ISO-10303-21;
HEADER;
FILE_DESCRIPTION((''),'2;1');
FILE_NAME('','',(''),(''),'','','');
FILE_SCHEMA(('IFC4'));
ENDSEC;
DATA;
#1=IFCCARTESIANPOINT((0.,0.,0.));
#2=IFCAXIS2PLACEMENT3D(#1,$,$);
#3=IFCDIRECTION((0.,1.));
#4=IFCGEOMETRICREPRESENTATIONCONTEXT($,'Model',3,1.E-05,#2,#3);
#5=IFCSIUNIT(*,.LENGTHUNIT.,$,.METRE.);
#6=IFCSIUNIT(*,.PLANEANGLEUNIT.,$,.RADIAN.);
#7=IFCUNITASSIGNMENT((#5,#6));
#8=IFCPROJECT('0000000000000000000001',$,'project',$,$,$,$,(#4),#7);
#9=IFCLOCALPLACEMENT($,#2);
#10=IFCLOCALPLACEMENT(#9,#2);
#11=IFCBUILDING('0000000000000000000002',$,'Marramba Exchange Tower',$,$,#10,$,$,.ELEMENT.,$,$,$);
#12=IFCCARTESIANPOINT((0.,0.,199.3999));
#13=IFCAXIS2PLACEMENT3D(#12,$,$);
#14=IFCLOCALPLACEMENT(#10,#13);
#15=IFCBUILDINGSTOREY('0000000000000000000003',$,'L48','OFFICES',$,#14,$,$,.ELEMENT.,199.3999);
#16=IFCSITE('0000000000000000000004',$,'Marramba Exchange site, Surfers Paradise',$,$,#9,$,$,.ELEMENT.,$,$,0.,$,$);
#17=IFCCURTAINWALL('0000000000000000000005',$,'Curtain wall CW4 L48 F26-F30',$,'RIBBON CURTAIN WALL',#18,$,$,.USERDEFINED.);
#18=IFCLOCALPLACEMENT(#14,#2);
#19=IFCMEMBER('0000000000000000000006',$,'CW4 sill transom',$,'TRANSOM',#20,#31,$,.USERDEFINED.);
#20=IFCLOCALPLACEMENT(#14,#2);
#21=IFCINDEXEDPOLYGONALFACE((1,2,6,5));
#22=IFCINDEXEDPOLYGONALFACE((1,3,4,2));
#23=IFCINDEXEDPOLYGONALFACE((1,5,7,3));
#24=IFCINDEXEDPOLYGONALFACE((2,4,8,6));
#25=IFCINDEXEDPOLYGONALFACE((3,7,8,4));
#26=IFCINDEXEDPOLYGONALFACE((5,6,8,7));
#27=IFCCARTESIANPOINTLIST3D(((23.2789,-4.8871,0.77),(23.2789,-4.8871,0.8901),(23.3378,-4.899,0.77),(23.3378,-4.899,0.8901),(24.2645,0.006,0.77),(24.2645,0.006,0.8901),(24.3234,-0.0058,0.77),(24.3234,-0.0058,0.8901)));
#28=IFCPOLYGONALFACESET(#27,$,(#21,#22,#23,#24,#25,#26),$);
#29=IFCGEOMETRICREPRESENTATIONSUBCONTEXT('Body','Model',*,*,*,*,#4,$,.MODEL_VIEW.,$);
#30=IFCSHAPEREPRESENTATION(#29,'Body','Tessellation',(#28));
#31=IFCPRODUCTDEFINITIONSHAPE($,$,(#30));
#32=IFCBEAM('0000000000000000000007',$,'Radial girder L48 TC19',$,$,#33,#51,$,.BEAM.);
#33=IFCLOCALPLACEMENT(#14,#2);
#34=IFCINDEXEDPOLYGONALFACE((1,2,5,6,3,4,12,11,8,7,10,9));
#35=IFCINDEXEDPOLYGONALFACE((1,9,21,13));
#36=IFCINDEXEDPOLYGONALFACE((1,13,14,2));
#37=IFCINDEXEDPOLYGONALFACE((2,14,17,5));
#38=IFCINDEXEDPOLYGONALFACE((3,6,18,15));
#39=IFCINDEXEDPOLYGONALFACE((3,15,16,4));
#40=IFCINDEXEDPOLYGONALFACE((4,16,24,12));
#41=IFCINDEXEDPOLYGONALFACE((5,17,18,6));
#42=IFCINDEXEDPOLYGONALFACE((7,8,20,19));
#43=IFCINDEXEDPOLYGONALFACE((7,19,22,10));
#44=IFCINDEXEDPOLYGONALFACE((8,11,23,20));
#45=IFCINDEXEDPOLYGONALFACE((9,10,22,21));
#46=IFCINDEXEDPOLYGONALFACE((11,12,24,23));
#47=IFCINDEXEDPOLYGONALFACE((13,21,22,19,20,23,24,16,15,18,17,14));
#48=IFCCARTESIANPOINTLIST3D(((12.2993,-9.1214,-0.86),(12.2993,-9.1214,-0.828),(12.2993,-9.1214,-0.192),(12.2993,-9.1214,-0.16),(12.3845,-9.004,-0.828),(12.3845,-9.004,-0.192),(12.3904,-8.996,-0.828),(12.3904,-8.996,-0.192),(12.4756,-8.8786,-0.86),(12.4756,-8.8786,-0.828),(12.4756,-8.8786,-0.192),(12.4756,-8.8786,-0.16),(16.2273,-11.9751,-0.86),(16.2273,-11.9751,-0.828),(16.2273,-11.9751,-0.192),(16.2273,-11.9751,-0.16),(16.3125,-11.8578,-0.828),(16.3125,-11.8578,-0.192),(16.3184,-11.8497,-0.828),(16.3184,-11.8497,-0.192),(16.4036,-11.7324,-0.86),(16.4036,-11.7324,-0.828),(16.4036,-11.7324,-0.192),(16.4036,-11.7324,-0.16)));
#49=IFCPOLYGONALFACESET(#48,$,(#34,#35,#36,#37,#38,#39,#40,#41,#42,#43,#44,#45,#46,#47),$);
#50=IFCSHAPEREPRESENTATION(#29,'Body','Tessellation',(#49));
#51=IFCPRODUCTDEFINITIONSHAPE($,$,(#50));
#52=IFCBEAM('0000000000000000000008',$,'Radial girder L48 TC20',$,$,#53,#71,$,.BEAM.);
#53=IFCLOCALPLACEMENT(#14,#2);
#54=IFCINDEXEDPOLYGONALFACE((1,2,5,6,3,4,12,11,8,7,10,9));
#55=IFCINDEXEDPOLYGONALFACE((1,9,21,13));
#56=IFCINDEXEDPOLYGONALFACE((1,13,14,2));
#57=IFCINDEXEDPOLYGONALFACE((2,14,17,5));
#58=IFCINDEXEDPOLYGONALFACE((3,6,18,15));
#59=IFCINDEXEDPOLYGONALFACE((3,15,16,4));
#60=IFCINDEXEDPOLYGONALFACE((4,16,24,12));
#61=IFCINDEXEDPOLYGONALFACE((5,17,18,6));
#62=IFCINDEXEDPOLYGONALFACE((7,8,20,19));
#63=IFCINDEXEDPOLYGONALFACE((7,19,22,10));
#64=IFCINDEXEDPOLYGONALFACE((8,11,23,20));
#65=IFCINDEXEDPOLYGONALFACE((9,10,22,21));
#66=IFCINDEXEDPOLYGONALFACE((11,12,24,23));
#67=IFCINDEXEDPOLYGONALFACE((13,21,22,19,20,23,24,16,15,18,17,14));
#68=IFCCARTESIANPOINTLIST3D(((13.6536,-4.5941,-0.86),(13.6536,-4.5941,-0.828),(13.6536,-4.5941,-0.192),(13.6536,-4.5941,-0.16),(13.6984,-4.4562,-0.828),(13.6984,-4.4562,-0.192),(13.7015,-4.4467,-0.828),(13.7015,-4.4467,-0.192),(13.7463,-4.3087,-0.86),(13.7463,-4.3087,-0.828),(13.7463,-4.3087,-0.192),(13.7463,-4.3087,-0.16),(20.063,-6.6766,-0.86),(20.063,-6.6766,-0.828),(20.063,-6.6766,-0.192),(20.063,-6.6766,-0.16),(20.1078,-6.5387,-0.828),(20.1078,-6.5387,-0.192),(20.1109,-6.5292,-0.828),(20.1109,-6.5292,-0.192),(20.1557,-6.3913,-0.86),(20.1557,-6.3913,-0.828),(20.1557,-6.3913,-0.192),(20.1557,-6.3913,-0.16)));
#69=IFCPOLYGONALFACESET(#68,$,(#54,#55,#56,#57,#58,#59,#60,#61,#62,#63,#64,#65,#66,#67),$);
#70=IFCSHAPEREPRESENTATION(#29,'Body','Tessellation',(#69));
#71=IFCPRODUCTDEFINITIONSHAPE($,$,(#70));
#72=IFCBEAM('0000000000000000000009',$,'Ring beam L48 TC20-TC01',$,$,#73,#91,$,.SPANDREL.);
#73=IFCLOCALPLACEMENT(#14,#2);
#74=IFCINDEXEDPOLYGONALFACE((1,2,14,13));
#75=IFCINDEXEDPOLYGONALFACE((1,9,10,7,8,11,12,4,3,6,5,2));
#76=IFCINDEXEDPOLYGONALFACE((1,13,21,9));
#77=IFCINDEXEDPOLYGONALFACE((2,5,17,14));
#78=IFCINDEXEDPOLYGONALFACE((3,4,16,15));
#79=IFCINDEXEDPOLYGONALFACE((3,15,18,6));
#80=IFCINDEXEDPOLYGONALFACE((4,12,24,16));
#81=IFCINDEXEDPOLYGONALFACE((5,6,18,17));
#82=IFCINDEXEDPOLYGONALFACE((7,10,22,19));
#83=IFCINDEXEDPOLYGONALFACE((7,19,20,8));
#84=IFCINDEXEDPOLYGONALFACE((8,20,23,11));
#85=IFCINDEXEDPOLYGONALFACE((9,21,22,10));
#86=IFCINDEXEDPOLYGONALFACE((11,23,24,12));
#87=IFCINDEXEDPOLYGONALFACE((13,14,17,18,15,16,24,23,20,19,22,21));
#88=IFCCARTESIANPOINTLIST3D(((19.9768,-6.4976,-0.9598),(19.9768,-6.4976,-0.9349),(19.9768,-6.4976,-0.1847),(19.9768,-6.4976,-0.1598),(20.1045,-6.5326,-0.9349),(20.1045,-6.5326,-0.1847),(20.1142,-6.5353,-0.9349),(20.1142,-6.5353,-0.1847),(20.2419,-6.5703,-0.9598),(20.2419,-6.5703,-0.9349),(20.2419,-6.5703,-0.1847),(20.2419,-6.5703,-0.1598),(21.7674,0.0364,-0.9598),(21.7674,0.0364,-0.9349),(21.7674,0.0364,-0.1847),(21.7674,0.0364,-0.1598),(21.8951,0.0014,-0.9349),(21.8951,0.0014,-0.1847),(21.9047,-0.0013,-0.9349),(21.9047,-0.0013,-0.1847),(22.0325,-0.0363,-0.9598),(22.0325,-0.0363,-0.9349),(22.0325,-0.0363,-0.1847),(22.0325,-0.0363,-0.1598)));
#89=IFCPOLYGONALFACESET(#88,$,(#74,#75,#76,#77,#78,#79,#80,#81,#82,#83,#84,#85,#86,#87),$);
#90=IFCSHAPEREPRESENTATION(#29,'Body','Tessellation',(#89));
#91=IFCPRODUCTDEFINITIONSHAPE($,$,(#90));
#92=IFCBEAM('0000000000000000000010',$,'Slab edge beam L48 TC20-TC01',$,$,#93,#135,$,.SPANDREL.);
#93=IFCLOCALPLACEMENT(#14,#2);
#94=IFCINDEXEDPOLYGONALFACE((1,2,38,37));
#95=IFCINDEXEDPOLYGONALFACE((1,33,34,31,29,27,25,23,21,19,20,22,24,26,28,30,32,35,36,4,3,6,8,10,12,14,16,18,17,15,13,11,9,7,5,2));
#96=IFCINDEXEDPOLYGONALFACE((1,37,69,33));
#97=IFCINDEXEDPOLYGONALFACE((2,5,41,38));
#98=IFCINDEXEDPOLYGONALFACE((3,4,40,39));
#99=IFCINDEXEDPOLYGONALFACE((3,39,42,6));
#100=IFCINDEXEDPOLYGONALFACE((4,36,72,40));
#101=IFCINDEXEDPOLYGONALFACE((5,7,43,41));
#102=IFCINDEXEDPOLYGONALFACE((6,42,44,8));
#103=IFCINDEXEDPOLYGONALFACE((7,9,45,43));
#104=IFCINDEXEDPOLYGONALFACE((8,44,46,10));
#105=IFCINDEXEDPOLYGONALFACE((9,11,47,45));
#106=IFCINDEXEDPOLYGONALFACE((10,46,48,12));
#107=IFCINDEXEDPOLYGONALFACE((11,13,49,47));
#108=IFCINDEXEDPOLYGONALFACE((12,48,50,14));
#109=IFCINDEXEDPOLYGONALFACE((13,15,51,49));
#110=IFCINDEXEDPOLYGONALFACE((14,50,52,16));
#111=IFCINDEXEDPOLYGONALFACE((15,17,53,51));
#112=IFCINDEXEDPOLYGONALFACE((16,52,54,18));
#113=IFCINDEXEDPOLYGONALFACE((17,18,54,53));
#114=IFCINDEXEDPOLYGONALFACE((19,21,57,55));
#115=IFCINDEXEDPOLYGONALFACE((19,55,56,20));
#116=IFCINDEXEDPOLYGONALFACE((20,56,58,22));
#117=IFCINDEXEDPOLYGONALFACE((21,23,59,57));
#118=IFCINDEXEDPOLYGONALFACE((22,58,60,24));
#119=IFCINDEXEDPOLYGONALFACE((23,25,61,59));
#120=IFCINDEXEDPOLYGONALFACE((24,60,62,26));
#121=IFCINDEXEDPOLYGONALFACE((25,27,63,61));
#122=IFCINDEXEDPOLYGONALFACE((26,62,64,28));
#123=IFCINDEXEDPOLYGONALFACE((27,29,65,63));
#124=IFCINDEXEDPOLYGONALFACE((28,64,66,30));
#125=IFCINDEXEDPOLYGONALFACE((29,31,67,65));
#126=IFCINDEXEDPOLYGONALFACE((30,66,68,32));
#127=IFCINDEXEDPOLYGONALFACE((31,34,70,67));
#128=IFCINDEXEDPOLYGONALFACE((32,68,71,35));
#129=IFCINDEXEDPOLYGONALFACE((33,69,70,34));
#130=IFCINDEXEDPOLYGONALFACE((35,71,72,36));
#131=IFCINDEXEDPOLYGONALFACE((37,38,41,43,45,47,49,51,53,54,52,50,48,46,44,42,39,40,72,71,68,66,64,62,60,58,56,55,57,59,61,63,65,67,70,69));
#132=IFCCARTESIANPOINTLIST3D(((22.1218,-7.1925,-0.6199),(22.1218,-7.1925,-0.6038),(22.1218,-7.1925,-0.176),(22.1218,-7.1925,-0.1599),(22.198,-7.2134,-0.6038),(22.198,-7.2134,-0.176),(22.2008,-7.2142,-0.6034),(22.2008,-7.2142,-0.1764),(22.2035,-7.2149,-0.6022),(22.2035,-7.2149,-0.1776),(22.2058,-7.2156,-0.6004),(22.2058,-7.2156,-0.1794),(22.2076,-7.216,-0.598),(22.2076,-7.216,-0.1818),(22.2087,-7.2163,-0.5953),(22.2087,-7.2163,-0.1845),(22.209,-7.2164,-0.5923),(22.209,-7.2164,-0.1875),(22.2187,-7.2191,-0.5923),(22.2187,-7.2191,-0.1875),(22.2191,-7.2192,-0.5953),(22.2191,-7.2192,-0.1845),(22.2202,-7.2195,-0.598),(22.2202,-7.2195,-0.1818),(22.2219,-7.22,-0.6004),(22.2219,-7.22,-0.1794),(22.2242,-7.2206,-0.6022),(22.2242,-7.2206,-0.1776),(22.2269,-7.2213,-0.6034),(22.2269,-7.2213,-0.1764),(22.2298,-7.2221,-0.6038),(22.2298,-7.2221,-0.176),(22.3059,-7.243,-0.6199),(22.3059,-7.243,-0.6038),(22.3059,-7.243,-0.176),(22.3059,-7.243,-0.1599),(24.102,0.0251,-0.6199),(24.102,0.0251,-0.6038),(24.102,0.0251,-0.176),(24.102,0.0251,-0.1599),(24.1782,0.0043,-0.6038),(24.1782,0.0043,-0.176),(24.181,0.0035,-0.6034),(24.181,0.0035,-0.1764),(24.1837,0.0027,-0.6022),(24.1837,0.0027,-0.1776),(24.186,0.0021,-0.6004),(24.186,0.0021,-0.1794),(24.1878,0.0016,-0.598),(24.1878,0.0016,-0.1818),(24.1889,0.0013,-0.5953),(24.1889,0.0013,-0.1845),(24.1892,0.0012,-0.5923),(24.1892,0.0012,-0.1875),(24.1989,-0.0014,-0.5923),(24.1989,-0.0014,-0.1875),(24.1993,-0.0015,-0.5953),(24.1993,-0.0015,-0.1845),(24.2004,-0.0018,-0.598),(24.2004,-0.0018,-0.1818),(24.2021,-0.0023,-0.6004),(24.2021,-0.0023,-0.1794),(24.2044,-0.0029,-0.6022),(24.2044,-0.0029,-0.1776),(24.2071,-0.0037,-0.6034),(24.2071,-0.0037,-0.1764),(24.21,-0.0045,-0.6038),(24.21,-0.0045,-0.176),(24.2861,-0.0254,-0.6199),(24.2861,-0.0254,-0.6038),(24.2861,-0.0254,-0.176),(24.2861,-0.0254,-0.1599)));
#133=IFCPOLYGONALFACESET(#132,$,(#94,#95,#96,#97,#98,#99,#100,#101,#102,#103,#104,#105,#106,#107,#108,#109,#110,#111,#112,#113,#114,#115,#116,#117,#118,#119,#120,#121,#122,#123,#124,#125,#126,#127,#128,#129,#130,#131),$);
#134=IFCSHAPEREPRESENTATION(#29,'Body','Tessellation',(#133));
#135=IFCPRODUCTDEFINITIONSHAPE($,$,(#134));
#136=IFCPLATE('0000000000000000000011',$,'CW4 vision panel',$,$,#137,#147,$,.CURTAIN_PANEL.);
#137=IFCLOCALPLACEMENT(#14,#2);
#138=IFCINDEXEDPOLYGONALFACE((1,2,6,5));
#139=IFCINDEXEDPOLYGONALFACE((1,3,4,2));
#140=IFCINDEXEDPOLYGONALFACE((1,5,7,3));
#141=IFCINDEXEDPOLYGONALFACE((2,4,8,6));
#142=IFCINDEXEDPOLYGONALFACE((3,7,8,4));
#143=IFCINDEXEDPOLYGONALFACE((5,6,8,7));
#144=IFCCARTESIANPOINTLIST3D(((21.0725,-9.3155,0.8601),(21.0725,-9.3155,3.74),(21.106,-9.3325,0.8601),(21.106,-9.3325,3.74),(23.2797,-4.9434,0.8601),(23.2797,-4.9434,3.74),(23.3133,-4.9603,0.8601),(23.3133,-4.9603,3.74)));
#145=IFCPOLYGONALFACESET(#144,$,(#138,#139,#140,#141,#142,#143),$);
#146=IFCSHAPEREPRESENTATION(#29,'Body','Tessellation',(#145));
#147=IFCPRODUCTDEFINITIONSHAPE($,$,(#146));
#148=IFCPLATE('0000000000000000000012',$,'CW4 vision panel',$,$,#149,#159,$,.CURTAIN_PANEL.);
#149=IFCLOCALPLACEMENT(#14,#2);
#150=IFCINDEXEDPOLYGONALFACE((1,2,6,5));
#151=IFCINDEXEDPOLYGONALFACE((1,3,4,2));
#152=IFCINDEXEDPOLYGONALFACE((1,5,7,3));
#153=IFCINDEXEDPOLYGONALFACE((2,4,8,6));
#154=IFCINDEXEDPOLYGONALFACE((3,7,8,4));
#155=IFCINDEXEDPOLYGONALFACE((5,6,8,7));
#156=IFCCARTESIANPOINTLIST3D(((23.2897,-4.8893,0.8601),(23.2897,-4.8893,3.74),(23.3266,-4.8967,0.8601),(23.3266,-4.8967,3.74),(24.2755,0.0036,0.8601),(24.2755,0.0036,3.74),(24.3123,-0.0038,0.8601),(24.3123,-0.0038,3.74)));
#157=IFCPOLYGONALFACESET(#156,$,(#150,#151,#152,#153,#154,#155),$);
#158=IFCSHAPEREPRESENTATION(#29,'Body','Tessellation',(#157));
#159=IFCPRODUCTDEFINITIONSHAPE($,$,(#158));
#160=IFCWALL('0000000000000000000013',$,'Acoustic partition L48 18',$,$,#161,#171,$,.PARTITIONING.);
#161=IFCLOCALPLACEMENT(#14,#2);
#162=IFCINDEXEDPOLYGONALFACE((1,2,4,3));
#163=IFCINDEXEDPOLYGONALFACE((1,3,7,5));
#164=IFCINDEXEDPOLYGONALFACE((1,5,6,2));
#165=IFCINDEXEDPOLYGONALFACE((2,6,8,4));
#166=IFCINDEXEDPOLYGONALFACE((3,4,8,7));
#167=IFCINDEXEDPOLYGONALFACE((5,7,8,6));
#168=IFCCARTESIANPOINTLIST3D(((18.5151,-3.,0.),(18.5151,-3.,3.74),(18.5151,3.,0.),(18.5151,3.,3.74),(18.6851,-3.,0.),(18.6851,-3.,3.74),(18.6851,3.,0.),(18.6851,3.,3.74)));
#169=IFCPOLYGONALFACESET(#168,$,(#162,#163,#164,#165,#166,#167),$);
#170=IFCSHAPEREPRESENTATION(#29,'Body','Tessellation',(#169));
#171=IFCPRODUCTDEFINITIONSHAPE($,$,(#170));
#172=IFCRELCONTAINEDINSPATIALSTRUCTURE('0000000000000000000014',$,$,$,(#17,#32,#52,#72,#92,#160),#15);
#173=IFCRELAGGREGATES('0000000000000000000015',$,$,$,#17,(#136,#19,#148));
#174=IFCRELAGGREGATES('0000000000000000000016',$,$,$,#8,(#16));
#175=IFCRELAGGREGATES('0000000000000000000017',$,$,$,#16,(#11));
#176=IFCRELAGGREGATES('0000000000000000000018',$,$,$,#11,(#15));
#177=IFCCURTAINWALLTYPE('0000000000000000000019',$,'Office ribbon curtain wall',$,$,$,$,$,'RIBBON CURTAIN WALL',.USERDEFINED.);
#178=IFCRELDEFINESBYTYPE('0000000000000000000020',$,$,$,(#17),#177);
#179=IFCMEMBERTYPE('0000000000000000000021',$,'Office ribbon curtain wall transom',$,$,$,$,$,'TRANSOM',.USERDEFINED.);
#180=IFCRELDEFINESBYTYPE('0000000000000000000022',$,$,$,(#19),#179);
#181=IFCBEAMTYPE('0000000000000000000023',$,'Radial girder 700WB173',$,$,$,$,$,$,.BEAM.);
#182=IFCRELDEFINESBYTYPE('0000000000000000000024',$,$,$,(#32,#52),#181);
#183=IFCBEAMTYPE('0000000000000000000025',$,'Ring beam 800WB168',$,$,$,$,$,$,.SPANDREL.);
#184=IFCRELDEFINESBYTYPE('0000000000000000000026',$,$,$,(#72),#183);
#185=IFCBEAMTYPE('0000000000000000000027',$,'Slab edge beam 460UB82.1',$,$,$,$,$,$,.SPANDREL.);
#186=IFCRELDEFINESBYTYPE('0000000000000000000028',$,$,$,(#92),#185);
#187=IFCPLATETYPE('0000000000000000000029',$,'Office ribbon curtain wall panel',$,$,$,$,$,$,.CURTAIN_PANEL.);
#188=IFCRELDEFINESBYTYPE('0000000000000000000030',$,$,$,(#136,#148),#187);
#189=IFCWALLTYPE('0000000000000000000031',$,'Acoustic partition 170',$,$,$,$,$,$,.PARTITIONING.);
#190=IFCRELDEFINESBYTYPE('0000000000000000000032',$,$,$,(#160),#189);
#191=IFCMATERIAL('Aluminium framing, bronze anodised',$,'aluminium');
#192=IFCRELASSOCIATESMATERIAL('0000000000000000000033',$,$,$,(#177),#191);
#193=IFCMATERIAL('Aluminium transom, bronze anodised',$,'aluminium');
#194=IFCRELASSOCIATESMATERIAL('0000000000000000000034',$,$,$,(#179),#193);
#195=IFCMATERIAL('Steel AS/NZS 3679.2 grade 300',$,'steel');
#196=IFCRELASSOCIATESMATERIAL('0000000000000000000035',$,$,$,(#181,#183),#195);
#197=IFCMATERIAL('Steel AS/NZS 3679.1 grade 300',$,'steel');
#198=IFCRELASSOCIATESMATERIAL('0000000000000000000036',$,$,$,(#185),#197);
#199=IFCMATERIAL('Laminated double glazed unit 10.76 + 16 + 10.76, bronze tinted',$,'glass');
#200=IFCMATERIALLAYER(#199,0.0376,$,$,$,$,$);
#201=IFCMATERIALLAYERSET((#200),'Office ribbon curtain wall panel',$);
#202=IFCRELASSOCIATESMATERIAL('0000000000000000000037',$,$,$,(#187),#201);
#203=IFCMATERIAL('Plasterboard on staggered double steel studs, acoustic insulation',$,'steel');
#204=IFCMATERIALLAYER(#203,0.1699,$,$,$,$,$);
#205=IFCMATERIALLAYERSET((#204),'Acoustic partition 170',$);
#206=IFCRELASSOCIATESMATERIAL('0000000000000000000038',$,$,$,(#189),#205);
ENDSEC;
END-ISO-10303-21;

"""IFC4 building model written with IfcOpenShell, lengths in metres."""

from ifc_helpers import new_model, si_unit, direction, frame, frame_2d, origin, origin_2d, place, context, subcontext, project, spatial, rectangle, i_section, extrude, material, layer, layer_set, material_profile, profile_set, type_object, element, aggregate, save


model = new_model("IFC4")

# Units and contexts
model_context = context("Model", 3, precision=1e-05, world=origin(), true_north=direction((0.0, 1.0)))
body_context = subcontext(model_context, "Body", "Model", "MODEL_VIEW")
ifc_project = project(units=[si_unit("LENGTHUNIT", "METRE"), si_unit("PLANEANGLEUNIT", "RADIAN")], contexts=[model_context])

# Site, building, storey
site_placement = place(None, origin())
site = spatial("IfcSite", under=ifc_project, at=site_placement, Name="Marramba Exchange site, Surfers Paradise", CompositionType="ELEMENT", RefElevation=0.0)
building_placement = place(site_placement, origin())
building = spatial("IfcBuilding", under=site, at=building_placement, Name="Marramba Exchange Tower", CompositionType="ELEMENT")
storey_placement = place(building_placement, frame((0.0, 0.0, 199.3999)))
storey = spatial("IfcBuildingStorey", under=building, at=storey_placement, Name="L48", Description="OFFICES", CompositionType="ELEMENT", Elevation=199.3999)

# Shared definitions
ifc_material_1 = material(Name="Steel AS/NZS 3679.2 grade 300", Category="steel")
ifc_material_2 = material(Name="Steel AS/NZS 3679.1 grade 300", Category="steel")

# Curtain wall, member
ifc_material_3 = material(Name="Aluminium framing, bronze anodised", Category="aluminium")
curtain_wall_type = type_object("IfcCurtainWallType", Name="Office ribbon curtain wall", ElementType="RIBBON CURTAIN WALL", PredefinedType="USERDEFINED", material=ifc_material_3)
curtain_wall_placement = place(storey_placement, origin())
curtain_wall = element("IfcCurtainWall", 1, at=curtain_wall_placement, inside=storey, type_object=curtain_wall_type, Name="Curtain wall CW4 L48 F26-F30", ObjectType="RIBBON CURTAIN WALL", PredefinedType="USERDEFINED")
ifc_material_4 = material(Name="Aluminium transom, bronze anodised", Category="aluminium")
ifc_material_profile_1 = material_profile(ifc_material_4, rectangle(XDim=0.0601, YDim=0.1201, at=origin_2d()), Name="CW4 transom 60x120")
ifc_profile_set_1 = profile_set([ifc_material_profile_1], Name="Aluminium transom, bronze anodised")
member_type_1 = type_object("IfcMemberType", Name="Office ribbon curtain wall transom", ElementType="TRANSOM", PredefinedType="USERDEFINED", material=ifc_profile_set_1)
member_1_placement = place(storey_placement, frame((23.3083, -4.8931, 0.8301), z_axis=(0.197461, 0.980311, 0.0), x_axis=(-0.980311, 0.197461, 0.0)))
member_1 = element("IfcMember", 2, at=member_1_placement, type_object=member_type_1, Name="CW4 sill transom", ObjectType="TRANSOM", PredefinedType="USERDEFINED", context=body_context, shape_type="SweptSolid", body=[
    extrude(rectangle(XDim=0.0601, YDim=0.1201, at=origin_2d()), origin(), (0.0, 0.0, 1.0), 4.9915),
])

# Beams
ifc_material_profile_2 = material_profile(ifc_material_1, i_section(OverallWidth=0.3, OverallDepth=0.7, WebThickness=0.01, FlangeThickness=0.032, at=origin_2d()), Name="700WB173")
ifc_profile_set_2 = profile_set([ifc_material_profile_2], Name="Steel AS/NZS 3679.2 grade 300")
beam_type_1 = type_object("IfcBeamType", Name="Radial girder 700WB173", PredefinedType="BEAM", material=ifc_profile_set_2)
beam_1_placement = place(storey_placement, frame((12.3875, -9.0, -0.51), z_axis=(0.809025, -0.587774, 0.0), x_axis=(0.587774, 0.809025, 0.0)))
element("IfcBeam", 3, at=beam_1_placement, inside=storey, type_object=beam_type_1, Name="Radial girder L48 TC19", PredefinedType="BEAM", context=body_context, shape_type="SweptSolid", body=[
    extrude(i_section(OverallWidth=0.3, OverallDepth=0.7, WebThickness=0.01, FlangeThickness=0.032, at=origin_2d()), origin(), (0.0, 0.0, 1.0), 4.8552),
])
beam_2_placement = place(storey_placement, frame((13.7, -4.4514, -0.51), z_axis=(0.951058, -0.309013, 0.0), x_axis=(0.309013, 0.951058, 0.0)))
element("IfcBeam", 4, at=beam_2_placement, inside=storey, type_object=beam_type_1, Name="Radial girder L48 TC20", PredefinedType="BEAM", context=body_context, shape_type="SweptSolid", body=[
    extrude(i_section(OverallWidth=0.3, OverallDepth=0.7, WebThickness=0.01, FlangeThickness=0.032, at=origin_2d()), origin(), (0.0, 0.0, 1.0), 6.7393),
])
ifc_material_profile_3 = material_profile(ifc_material_1, i_section(OverallWidth=0.2749, OverallDepth=0.8, WebThickness=0.01, FlangeThickness=0.0249, at=origin_2d()), Name="800WB168")
ifc_profile_set_3 = profile_set([ifc_material_profile_3], Name="Steel AS/NZS 3679.2 grade 300")
beam_type_2 = type_object("IfcBeamType", Name="Ring beam 800WB168", PredefinedType="SPANDREL", material=ifc_profile_set_3)
beam_3_placement = place(storey_placement, frame((20.1094, -6.5339, -0.5598), z_axis=(0.264291, 0.964443, 0.0), x_axis=(-0.964443, 0.264291, 0.0)))
element("IfcBeam", 5, at=beam_3_placement, inside=storey, type_object=beam_type_2, Name="Ring beam L48 TC20-TC01", PredefinedType="SPANDREL", context=body_context, shape_type="SweptSolid", body=[
    extrude(i_section(OverallWidth=0.2749, OverallDepth=0.8, WebThickness=0.01, FlangeThickness=0.0249, at=origin_2d()), origin(), (0.0, 0.0, 1.0), 6.7749),
])
ifc_material_profile_4 = material_profile(ifc_material_2, i_section(OverallWidth=0.1909, OverallDepth=0.46, WebThickness=0.01, FlangeThickness=0.0161, FilletRadius=0.0115, at=origin_2d()), Name="460UB82.1")
ifc_profile_set_4 = profile_set([ifc_material_profile_4], Name="Steel AS/NZS 3679.1 grade 300")
beam_type_3 = type_object("IfcBeamType", Name="Slab edge beam 460UB82.1", PredefinedType="SPANDREL", material=ifc_profile_set_4)
beam_4_placement = place(storey_placement, frame((22.2139, -7.2178, -0.3899), z_axis=(0.264577, 0.964365, 0.0), x_axis=(-0.964365, 0.264577, 0.0)))
element("IfcBeam", 6, at=beam_4_placement, inside=storey, type_object=beam_type_3, Name="Slab edge beam L48 TC20-TC01", PredefinedType="SPANDREL", context=body_context, shape_type="SweptSolid", body=[
    extrude(i_section(OverallWidth=0.1909, OverallDepth=0.46, WebThickness=0.01, FlangeThickness=0.0161, FilletRadius=0.0115, at=origin_2d()), origin(), (0.0, 0.0, 1.0), 7.4844),
])

# Plates
ifc_material_5 = material(Name="Laminated double glazed unit 10.76 + 16 + 10.76, bronze tinted", Category="glass")
ifc_layer_1 = layer(ifc_material_5, 0.0376)
ifc_layer_set_1 = layer_set([ifc_layer_1], Name="Office ribbon curtain wall panel")
plate_type = type_object("IfcPlateType", Name="Office ribbon curtain wall panel", PredefinedType="CURTAIN_PANEL", material=ifc_layer_set_1)
plate_1_placement = place(storey_placement, frame((22.1929, -7.1379, 0.8601), z_axis=(0.0, 0.0, 1.0), x_axis=(0.450673, 0.892689, 0.0)))
plate_1 = element("IfcPlate", 7, at=plate_1_placement, type_object=plate_type, Name="CW4 vision panel", PredefinedType="CURTAIN_PANEL", context=body_context, shape_type="SweptSolid", body=[
    extrude(rectangle(XDim=4.8977, YDim=0.0376, at=origin_2d()), origin(), (0.0, 0.0, 1.0), 2.8799),
])
plate_2_placement = place(storey_placement, frame((23.801, -2.4465, 0.8601), z_axis=(0.0, 0.0, 1.0), x_axis=(0.197495, 0.980304, 0.0)))
plate_2 = element("IfcPlate", 8, at=plate_2_placement, type_object=plate_type, Name="CW4 vision panel", PredefinedType="CURTAIN_PANEL", context=body_context, shape_type="SweptSolid", body=[
    extrude(rectangle(XDim=4.9912, YDim=0.0376, at=origin_2d()), origin(), (0.0, 0.0, 1.0), 2.8799),
])
aggregate(curtain_wall, [plate_1, member_1, plate_2])

# Shared definitions
ifc_material_6 = material(Name="Plasterboard on staggered double steel studs, acoustic insulation", Category="steel")
ifc_layer_2 = layer(ifc_material_6, 0.1699)
ifc_layer_set_2 = layer_set([ifc_layer_2], Name="Acoustic partition 170")
wall_type_1 = type_object("IfcWallType", Name="Acoustic partition 170", PredefinedType="PARTITIONING", material=ifc_layer_set_2)

# Wall
wall_1_placement = place(storey_placement, frame((18.6001, -3.0, 0.0), z_axis=(0.0, 0.0, 1.0), x_axis=(0.0, 1.0, 0.0)))
element("IfcWall", 9, at=wall_1_placement, inside=storey, type_object=wall_type_1, Name="Acoustic partition L48 18", PredefinedType="PARTITIONING", context=body_context, shape_type="SweptSolid", body=[
    extrude(rectangle(XDim=6.0, YDim=0.1699, at=frame_2d((3.0, 0.0))), origin(), (0.0, 0.0, 1.0), 3.74),
])

save(model, "model.ifc")
